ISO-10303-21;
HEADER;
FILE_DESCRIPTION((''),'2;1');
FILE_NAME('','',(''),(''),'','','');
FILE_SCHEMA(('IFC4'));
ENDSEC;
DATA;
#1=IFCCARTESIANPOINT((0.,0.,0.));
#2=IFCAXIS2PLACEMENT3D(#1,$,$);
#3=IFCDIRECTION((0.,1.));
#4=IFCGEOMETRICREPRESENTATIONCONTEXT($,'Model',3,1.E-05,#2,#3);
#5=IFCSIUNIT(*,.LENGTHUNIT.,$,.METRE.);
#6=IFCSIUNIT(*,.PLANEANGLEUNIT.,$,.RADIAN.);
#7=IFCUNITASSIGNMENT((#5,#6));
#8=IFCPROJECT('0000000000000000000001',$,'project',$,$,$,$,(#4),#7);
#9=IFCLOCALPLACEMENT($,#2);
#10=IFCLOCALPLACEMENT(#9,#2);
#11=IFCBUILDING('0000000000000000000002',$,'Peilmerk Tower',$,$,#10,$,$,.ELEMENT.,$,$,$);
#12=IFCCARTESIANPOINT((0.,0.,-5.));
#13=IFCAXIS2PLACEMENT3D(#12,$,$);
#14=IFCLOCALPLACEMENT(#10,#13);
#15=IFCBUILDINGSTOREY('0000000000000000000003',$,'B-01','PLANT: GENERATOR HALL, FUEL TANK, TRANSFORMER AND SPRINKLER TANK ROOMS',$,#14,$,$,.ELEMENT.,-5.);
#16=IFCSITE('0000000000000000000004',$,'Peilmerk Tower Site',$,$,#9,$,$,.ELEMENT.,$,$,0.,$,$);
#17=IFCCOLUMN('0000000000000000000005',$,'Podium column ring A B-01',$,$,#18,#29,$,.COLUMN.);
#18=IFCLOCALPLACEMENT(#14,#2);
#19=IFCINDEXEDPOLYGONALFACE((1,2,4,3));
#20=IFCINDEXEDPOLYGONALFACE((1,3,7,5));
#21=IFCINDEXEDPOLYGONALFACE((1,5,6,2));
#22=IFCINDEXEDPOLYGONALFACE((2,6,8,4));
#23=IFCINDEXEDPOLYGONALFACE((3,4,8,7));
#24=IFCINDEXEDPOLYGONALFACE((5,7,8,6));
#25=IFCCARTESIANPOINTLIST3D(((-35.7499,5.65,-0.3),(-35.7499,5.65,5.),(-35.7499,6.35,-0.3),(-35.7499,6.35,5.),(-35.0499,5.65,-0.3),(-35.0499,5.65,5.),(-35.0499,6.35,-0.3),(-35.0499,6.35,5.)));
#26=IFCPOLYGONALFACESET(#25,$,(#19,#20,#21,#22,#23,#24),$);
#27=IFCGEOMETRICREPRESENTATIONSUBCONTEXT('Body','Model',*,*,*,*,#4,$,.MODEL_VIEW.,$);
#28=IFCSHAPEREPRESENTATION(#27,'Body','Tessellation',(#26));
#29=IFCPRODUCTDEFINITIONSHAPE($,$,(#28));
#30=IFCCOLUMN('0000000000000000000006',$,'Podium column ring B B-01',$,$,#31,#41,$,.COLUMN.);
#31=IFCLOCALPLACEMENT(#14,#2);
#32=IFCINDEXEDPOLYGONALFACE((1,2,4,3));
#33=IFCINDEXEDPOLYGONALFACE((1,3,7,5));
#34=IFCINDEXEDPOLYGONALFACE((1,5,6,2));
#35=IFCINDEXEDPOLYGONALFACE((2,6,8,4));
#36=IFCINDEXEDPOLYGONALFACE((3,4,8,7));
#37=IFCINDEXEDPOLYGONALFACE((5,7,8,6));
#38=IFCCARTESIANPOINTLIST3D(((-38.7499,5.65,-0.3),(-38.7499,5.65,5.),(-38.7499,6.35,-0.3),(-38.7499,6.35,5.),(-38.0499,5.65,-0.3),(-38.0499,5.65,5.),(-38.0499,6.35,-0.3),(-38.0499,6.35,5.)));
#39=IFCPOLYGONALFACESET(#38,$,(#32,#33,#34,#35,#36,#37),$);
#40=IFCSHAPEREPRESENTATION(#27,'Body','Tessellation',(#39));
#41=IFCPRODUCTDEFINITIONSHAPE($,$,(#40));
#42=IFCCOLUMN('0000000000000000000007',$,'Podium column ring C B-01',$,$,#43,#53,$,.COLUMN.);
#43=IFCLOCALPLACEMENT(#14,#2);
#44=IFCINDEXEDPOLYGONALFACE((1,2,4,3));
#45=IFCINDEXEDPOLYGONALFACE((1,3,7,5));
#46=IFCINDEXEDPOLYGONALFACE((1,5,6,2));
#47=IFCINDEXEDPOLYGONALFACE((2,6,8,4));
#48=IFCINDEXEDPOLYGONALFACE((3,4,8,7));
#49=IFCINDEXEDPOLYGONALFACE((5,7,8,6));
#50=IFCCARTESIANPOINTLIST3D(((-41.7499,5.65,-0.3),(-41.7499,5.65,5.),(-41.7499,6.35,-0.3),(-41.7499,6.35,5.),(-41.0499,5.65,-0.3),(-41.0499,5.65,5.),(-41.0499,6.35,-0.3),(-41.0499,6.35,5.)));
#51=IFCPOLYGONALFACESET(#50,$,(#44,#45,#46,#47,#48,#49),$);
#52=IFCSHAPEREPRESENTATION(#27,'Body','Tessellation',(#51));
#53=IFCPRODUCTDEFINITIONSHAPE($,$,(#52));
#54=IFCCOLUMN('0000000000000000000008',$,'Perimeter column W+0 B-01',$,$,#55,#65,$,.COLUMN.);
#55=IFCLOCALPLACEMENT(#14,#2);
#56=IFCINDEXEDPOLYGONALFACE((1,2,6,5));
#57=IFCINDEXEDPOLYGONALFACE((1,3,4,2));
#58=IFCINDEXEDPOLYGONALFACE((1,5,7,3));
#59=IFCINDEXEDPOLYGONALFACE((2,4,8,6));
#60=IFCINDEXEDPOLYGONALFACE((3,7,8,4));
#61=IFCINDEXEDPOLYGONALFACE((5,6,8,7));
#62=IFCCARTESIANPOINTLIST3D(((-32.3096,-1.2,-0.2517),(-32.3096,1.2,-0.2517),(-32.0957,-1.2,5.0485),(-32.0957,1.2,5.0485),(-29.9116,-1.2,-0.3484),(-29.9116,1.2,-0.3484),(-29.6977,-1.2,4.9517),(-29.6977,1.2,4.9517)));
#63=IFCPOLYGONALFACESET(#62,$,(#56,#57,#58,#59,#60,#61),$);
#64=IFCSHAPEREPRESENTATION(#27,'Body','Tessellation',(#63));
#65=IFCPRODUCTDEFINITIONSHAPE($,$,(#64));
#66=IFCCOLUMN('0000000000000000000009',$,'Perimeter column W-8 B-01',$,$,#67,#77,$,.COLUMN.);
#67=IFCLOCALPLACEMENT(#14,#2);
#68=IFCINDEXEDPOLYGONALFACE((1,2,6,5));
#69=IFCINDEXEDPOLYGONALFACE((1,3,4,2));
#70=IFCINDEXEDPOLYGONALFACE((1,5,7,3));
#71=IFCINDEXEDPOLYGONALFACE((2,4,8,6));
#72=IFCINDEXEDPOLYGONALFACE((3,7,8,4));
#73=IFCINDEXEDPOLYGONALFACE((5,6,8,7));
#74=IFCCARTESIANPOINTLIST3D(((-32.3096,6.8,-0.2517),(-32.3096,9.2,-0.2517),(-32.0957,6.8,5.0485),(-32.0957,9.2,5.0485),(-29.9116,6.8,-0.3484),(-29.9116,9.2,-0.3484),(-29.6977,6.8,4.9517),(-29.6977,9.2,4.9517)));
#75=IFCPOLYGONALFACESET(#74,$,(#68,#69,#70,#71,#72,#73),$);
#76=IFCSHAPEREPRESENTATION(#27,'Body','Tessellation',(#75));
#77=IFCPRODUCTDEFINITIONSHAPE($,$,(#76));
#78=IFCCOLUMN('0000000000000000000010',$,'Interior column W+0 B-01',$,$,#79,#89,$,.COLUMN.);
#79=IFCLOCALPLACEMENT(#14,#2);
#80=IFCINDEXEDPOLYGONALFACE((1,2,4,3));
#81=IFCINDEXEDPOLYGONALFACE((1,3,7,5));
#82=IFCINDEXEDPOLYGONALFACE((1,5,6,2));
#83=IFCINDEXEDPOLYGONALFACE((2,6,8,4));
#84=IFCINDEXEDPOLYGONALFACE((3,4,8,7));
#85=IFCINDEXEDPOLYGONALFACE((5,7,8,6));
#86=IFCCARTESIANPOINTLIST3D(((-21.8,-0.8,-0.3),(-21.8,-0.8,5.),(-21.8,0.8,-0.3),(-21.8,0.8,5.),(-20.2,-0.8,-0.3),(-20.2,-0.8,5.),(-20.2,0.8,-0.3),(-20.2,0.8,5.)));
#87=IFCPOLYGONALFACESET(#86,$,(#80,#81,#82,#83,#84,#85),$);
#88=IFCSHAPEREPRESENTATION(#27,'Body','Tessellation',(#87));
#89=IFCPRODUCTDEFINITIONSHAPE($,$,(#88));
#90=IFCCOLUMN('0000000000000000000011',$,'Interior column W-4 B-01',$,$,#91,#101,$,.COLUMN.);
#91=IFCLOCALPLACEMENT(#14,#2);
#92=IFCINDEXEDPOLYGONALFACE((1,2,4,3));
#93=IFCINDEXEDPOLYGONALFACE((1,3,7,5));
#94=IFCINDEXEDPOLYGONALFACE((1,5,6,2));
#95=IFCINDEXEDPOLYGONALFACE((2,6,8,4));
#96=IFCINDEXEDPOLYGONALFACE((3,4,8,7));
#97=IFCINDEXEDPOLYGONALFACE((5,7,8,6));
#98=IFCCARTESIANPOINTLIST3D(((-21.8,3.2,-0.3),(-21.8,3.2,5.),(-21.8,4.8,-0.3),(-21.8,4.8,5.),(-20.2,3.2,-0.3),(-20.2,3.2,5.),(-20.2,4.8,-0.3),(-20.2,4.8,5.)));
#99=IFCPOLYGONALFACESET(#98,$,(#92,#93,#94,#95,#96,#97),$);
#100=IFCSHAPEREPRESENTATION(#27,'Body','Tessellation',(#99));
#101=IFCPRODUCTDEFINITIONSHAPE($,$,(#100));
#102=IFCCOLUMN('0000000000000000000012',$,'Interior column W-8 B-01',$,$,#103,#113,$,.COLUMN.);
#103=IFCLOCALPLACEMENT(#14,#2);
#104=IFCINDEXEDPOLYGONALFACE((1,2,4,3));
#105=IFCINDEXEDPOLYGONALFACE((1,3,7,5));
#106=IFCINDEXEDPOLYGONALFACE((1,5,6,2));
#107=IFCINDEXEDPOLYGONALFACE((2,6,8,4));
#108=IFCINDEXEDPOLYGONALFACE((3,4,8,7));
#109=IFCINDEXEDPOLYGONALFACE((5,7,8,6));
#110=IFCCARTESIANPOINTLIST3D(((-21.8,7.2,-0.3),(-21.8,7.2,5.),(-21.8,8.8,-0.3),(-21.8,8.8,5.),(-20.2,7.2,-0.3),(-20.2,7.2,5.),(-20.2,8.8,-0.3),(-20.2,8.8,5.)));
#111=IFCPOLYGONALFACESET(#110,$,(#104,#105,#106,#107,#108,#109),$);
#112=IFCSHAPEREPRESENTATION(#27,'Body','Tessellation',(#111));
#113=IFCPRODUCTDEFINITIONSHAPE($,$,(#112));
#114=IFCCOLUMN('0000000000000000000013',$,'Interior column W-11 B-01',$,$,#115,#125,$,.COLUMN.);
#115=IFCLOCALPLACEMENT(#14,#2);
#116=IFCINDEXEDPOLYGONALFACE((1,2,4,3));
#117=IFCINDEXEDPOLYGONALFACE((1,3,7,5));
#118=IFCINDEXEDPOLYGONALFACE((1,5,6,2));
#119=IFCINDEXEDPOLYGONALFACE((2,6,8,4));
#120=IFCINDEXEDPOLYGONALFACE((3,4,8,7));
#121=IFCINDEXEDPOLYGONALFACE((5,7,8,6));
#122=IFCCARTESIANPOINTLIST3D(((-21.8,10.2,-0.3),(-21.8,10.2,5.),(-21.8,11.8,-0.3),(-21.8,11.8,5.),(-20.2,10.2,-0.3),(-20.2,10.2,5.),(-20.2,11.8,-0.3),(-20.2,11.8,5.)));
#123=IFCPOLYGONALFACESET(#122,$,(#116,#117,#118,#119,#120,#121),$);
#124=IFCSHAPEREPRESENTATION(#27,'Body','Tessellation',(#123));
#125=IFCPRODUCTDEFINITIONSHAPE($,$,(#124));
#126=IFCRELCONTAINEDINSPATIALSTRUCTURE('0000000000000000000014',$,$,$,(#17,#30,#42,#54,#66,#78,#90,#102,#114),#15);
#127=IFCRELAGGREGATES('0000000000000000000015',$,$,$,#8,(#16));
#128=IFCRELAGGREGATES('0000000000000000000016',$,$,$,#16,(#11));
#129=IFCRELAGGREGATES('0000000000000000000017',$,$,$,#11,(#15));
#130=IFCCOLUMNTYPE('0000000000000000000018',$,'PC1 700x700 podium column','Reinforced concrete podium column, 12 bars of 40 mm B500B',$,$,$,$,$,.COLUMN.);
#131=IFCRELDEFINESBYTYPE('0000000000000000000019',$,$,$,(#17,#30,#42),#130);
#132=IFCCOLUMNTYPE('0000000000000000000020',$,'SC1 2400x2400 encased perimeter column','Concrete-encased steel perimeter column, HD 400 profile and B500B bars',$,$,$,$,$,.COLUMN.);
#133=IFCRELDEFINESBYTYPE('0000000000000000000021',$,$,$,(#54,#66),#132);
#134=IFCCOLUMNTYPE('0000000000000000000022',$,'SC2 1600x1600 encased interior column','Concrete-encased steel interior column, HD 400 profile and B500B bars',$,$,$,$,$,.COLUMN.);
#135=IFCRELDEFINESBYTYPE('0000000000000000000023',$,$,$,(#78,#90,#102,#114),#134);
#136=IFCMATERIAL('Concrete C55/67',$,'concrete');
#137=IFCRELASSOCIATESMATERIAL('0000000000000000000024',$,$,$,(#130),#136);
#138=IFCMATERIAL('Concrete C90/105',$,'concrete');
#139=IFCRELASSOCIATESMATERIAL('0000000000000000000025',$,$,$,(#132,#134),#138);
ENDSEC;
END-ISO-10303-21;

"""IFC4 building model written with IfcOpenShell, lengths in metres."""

from ifc_helpers import new_model, si_unit, direction, frame, origin, origin_2d, place, context, subcontext, project, spatial, rectangle, extrude, material, material_profile, profile_set, type_object, element, save


model = new_model("IFC4")

# Units and contexts
model_context = context("Model", 3, precision=1e-05, world=origin(), true_north=direction((0.0, 1.0)))
body_context = subcontext(model_context, "Body", "Model", "MODEL_VIEW")
ifc_project = project(units=[si_unit("LENGTHUNIT", "METRE"), si_unit("PLANEANGLEUNIT", "RADIAN")], contexts=[model_context])

# Site, building, storey
site_placement = place(None, origin())
site = spatial("IfcSite", under=ifc_project, at=site_placement, Name="Peilmerk Tower Site", CompositionType="ELEMENT", RefElevation=0.0)
building_placement = place(site_placement, origin())
building = spatial("IfcBuilding", under=site, at=building_placement, Name="Peilmerk Tower", CompositionType="ELEMENT")
storey_placement = place(building_placement, frame((0.0, 0.0, -5.0)))
storey = spatial("IfcBuildingStorey", under=building, at=storey_placement, Name="B-01", Description="PLANT: GENERATOR HALL, FUEL TANK, TRANSFORMER AND SPRINKLER TANK ROOMS", CompositionType="ELEMENT", Elevation=-5.0)

# Columns
ifc_material_1 = material(Name="Concrete C55/67", Category="concrete")
ifc_material_profile_1 = material_profile(ifc_material_1, rectangle(XDim=0.7, YDim=0.7, at=origin_2d()), Name="RC 700x700")
ifc_profile_set_1 = profile_set([ifc_material_profile_1], Name="Concrete C55/67")
column_type_1 = type_object("IfcColumnType", Name="PC1 700x700 podium column", Description="Reinforced concrete podium column, 12 bars of 40 mm B500B", PredefinedType="COLUMN", material=ifc_profile_set_1)
for number, where, z_axis, x_axis, name in (
    (1, (-35.3999, 6.0, -0.3), (0.0, 0.0, 1.0), (1.0, 0.0, 0.0), "Podium column ring A B-01"),
    (2, (-38.3999, 6.0, -0.3), (0.0, 0.0, 1.0), (1.0, 0.0, 0.0), "Podium column ring B B-01"),
    (3, (-41.3999, 6.0, -0.3), (0.0, 0.0, 1.0), (1.0, 0.0, 0.0), "Podium column ring C B-01"),
):
    element("IfcColumn", number, at=place(storey_placement, frame(where, z_axis=z_axis, x_axis=x_axis)), inside=storey, type_object=column_type_1, Name=name, PredefinedType="COLUMN", context=body_context, shape_type="SweptSolid", body=[
        extrude(rectangle(XDim=0.7, YDim=0.7, at=origin_2d()), origin(), (0.0, 0.0, 1.0), 5.3),
    ])
ifc_material_2 = material(Name="Concrete C90/105", Category="concrete")
ifc_material_profile_2 = material_profile(ifc_material_2, rectangle(XDim=2.3999, YDim=2.3999, at=origin_2d()), Name="RC 2400x2400")
ifc_profile_set_2 = profile_set([ifc_material_profile_2], Name="Concrete C90/105")
column_type_2 = type_object("IfcColumnType", Name="SC1 2400x2400 encased perimeter column", Description="Concrete-encased steel perimeter column, HD 400 profile and B500B bars", PredefinedType="COLUMN", material=ifc_profile_set_2)
for number, where, z_axis, x_axis, name in (
    (4, (-31.1106, 0.0, -0.3), (0.040319, 0.0, 0.999187), (0.0, 1.0, 0.0), "Perimeter column W+0 B-01"),
    (5, (-31.1106, 8.0, -0.3), (0.040319, 0.0, 0.999187), (0.0, 1.0, 0.0), "Perimeter column W-8 B-01"),
):
    element("IfcColumn", number, at=place(storey_placement, frame(where, z_axis=z_axis, x_axis=x_axis)), inside=storey, type_object=column_type_2, Name=name, PredefinedType="COLUMN", context=body_context, shape_type="SweptSolid", body=[
        extrude(rectangle(XDim=2.3999, YDim=2.3999, at=origin_2d()), origin(), (0.0, 0.0, 1.0), 5.3044),
    ])
ifc_material_profile_3 = material_profile(ifc_material_2, rectangle(XDim=1.6001, YDim=1.6001, at=origin_2d()), Name="RC 1600x1600")
ifc_profile_set_3 = profile_set([ifc_material_profile_3], Name="Concrete C90/105")
column_type_3 = type_object("IfcColumnType", Name="SC2 1600x1600 encased interior column", Description="Concrete-encased steel interior column, HD 400 profile and B500B bars", PredefinedType="COLUMN", material=ifc_profile_set_3)
for number, where, z_axis, x_axis, name in (
    (6, (-21.0, 0.0, -0.3), (0.0, 0.0, 1.0), (1.0, 0.0, 0.0), "Interior column W+0 B-01"),
    (7, (-21.0, 4.0, -0.3), (0.0, 0.0, 1.0), (1.0, 0.0, 0.0), "Interior column W-4 B-01"),
    (8, (-21.0, 8.0, -0.3), (0.0, 0.0, 1.0), (1.0, 0.0, 0.0), "Interior column W-8 B-01"),
    (9, (-21.0, 11.0, -0.3), (0.0, 0.0, 1.0), (1.0, 0.0, 0.0), "Interior column W-11 B-01"),
):
    element("IfcColumn", number, at=place(storey_placement, frame(where, z_axis=z_axis, x_axis=x_axis)), inside=storey, type_object=column_type_3, Name=name, PredefinedType="COLUMN", context=body_context, shape_type="SweptSolid", body=[
        extrude(rectangle(XDim=1.6001, YDim=1.6001, at=origin_2d()), origin(), (0.0, 0.0, 1.0), 5.3),
    ])

save(model, "model.ifc")
